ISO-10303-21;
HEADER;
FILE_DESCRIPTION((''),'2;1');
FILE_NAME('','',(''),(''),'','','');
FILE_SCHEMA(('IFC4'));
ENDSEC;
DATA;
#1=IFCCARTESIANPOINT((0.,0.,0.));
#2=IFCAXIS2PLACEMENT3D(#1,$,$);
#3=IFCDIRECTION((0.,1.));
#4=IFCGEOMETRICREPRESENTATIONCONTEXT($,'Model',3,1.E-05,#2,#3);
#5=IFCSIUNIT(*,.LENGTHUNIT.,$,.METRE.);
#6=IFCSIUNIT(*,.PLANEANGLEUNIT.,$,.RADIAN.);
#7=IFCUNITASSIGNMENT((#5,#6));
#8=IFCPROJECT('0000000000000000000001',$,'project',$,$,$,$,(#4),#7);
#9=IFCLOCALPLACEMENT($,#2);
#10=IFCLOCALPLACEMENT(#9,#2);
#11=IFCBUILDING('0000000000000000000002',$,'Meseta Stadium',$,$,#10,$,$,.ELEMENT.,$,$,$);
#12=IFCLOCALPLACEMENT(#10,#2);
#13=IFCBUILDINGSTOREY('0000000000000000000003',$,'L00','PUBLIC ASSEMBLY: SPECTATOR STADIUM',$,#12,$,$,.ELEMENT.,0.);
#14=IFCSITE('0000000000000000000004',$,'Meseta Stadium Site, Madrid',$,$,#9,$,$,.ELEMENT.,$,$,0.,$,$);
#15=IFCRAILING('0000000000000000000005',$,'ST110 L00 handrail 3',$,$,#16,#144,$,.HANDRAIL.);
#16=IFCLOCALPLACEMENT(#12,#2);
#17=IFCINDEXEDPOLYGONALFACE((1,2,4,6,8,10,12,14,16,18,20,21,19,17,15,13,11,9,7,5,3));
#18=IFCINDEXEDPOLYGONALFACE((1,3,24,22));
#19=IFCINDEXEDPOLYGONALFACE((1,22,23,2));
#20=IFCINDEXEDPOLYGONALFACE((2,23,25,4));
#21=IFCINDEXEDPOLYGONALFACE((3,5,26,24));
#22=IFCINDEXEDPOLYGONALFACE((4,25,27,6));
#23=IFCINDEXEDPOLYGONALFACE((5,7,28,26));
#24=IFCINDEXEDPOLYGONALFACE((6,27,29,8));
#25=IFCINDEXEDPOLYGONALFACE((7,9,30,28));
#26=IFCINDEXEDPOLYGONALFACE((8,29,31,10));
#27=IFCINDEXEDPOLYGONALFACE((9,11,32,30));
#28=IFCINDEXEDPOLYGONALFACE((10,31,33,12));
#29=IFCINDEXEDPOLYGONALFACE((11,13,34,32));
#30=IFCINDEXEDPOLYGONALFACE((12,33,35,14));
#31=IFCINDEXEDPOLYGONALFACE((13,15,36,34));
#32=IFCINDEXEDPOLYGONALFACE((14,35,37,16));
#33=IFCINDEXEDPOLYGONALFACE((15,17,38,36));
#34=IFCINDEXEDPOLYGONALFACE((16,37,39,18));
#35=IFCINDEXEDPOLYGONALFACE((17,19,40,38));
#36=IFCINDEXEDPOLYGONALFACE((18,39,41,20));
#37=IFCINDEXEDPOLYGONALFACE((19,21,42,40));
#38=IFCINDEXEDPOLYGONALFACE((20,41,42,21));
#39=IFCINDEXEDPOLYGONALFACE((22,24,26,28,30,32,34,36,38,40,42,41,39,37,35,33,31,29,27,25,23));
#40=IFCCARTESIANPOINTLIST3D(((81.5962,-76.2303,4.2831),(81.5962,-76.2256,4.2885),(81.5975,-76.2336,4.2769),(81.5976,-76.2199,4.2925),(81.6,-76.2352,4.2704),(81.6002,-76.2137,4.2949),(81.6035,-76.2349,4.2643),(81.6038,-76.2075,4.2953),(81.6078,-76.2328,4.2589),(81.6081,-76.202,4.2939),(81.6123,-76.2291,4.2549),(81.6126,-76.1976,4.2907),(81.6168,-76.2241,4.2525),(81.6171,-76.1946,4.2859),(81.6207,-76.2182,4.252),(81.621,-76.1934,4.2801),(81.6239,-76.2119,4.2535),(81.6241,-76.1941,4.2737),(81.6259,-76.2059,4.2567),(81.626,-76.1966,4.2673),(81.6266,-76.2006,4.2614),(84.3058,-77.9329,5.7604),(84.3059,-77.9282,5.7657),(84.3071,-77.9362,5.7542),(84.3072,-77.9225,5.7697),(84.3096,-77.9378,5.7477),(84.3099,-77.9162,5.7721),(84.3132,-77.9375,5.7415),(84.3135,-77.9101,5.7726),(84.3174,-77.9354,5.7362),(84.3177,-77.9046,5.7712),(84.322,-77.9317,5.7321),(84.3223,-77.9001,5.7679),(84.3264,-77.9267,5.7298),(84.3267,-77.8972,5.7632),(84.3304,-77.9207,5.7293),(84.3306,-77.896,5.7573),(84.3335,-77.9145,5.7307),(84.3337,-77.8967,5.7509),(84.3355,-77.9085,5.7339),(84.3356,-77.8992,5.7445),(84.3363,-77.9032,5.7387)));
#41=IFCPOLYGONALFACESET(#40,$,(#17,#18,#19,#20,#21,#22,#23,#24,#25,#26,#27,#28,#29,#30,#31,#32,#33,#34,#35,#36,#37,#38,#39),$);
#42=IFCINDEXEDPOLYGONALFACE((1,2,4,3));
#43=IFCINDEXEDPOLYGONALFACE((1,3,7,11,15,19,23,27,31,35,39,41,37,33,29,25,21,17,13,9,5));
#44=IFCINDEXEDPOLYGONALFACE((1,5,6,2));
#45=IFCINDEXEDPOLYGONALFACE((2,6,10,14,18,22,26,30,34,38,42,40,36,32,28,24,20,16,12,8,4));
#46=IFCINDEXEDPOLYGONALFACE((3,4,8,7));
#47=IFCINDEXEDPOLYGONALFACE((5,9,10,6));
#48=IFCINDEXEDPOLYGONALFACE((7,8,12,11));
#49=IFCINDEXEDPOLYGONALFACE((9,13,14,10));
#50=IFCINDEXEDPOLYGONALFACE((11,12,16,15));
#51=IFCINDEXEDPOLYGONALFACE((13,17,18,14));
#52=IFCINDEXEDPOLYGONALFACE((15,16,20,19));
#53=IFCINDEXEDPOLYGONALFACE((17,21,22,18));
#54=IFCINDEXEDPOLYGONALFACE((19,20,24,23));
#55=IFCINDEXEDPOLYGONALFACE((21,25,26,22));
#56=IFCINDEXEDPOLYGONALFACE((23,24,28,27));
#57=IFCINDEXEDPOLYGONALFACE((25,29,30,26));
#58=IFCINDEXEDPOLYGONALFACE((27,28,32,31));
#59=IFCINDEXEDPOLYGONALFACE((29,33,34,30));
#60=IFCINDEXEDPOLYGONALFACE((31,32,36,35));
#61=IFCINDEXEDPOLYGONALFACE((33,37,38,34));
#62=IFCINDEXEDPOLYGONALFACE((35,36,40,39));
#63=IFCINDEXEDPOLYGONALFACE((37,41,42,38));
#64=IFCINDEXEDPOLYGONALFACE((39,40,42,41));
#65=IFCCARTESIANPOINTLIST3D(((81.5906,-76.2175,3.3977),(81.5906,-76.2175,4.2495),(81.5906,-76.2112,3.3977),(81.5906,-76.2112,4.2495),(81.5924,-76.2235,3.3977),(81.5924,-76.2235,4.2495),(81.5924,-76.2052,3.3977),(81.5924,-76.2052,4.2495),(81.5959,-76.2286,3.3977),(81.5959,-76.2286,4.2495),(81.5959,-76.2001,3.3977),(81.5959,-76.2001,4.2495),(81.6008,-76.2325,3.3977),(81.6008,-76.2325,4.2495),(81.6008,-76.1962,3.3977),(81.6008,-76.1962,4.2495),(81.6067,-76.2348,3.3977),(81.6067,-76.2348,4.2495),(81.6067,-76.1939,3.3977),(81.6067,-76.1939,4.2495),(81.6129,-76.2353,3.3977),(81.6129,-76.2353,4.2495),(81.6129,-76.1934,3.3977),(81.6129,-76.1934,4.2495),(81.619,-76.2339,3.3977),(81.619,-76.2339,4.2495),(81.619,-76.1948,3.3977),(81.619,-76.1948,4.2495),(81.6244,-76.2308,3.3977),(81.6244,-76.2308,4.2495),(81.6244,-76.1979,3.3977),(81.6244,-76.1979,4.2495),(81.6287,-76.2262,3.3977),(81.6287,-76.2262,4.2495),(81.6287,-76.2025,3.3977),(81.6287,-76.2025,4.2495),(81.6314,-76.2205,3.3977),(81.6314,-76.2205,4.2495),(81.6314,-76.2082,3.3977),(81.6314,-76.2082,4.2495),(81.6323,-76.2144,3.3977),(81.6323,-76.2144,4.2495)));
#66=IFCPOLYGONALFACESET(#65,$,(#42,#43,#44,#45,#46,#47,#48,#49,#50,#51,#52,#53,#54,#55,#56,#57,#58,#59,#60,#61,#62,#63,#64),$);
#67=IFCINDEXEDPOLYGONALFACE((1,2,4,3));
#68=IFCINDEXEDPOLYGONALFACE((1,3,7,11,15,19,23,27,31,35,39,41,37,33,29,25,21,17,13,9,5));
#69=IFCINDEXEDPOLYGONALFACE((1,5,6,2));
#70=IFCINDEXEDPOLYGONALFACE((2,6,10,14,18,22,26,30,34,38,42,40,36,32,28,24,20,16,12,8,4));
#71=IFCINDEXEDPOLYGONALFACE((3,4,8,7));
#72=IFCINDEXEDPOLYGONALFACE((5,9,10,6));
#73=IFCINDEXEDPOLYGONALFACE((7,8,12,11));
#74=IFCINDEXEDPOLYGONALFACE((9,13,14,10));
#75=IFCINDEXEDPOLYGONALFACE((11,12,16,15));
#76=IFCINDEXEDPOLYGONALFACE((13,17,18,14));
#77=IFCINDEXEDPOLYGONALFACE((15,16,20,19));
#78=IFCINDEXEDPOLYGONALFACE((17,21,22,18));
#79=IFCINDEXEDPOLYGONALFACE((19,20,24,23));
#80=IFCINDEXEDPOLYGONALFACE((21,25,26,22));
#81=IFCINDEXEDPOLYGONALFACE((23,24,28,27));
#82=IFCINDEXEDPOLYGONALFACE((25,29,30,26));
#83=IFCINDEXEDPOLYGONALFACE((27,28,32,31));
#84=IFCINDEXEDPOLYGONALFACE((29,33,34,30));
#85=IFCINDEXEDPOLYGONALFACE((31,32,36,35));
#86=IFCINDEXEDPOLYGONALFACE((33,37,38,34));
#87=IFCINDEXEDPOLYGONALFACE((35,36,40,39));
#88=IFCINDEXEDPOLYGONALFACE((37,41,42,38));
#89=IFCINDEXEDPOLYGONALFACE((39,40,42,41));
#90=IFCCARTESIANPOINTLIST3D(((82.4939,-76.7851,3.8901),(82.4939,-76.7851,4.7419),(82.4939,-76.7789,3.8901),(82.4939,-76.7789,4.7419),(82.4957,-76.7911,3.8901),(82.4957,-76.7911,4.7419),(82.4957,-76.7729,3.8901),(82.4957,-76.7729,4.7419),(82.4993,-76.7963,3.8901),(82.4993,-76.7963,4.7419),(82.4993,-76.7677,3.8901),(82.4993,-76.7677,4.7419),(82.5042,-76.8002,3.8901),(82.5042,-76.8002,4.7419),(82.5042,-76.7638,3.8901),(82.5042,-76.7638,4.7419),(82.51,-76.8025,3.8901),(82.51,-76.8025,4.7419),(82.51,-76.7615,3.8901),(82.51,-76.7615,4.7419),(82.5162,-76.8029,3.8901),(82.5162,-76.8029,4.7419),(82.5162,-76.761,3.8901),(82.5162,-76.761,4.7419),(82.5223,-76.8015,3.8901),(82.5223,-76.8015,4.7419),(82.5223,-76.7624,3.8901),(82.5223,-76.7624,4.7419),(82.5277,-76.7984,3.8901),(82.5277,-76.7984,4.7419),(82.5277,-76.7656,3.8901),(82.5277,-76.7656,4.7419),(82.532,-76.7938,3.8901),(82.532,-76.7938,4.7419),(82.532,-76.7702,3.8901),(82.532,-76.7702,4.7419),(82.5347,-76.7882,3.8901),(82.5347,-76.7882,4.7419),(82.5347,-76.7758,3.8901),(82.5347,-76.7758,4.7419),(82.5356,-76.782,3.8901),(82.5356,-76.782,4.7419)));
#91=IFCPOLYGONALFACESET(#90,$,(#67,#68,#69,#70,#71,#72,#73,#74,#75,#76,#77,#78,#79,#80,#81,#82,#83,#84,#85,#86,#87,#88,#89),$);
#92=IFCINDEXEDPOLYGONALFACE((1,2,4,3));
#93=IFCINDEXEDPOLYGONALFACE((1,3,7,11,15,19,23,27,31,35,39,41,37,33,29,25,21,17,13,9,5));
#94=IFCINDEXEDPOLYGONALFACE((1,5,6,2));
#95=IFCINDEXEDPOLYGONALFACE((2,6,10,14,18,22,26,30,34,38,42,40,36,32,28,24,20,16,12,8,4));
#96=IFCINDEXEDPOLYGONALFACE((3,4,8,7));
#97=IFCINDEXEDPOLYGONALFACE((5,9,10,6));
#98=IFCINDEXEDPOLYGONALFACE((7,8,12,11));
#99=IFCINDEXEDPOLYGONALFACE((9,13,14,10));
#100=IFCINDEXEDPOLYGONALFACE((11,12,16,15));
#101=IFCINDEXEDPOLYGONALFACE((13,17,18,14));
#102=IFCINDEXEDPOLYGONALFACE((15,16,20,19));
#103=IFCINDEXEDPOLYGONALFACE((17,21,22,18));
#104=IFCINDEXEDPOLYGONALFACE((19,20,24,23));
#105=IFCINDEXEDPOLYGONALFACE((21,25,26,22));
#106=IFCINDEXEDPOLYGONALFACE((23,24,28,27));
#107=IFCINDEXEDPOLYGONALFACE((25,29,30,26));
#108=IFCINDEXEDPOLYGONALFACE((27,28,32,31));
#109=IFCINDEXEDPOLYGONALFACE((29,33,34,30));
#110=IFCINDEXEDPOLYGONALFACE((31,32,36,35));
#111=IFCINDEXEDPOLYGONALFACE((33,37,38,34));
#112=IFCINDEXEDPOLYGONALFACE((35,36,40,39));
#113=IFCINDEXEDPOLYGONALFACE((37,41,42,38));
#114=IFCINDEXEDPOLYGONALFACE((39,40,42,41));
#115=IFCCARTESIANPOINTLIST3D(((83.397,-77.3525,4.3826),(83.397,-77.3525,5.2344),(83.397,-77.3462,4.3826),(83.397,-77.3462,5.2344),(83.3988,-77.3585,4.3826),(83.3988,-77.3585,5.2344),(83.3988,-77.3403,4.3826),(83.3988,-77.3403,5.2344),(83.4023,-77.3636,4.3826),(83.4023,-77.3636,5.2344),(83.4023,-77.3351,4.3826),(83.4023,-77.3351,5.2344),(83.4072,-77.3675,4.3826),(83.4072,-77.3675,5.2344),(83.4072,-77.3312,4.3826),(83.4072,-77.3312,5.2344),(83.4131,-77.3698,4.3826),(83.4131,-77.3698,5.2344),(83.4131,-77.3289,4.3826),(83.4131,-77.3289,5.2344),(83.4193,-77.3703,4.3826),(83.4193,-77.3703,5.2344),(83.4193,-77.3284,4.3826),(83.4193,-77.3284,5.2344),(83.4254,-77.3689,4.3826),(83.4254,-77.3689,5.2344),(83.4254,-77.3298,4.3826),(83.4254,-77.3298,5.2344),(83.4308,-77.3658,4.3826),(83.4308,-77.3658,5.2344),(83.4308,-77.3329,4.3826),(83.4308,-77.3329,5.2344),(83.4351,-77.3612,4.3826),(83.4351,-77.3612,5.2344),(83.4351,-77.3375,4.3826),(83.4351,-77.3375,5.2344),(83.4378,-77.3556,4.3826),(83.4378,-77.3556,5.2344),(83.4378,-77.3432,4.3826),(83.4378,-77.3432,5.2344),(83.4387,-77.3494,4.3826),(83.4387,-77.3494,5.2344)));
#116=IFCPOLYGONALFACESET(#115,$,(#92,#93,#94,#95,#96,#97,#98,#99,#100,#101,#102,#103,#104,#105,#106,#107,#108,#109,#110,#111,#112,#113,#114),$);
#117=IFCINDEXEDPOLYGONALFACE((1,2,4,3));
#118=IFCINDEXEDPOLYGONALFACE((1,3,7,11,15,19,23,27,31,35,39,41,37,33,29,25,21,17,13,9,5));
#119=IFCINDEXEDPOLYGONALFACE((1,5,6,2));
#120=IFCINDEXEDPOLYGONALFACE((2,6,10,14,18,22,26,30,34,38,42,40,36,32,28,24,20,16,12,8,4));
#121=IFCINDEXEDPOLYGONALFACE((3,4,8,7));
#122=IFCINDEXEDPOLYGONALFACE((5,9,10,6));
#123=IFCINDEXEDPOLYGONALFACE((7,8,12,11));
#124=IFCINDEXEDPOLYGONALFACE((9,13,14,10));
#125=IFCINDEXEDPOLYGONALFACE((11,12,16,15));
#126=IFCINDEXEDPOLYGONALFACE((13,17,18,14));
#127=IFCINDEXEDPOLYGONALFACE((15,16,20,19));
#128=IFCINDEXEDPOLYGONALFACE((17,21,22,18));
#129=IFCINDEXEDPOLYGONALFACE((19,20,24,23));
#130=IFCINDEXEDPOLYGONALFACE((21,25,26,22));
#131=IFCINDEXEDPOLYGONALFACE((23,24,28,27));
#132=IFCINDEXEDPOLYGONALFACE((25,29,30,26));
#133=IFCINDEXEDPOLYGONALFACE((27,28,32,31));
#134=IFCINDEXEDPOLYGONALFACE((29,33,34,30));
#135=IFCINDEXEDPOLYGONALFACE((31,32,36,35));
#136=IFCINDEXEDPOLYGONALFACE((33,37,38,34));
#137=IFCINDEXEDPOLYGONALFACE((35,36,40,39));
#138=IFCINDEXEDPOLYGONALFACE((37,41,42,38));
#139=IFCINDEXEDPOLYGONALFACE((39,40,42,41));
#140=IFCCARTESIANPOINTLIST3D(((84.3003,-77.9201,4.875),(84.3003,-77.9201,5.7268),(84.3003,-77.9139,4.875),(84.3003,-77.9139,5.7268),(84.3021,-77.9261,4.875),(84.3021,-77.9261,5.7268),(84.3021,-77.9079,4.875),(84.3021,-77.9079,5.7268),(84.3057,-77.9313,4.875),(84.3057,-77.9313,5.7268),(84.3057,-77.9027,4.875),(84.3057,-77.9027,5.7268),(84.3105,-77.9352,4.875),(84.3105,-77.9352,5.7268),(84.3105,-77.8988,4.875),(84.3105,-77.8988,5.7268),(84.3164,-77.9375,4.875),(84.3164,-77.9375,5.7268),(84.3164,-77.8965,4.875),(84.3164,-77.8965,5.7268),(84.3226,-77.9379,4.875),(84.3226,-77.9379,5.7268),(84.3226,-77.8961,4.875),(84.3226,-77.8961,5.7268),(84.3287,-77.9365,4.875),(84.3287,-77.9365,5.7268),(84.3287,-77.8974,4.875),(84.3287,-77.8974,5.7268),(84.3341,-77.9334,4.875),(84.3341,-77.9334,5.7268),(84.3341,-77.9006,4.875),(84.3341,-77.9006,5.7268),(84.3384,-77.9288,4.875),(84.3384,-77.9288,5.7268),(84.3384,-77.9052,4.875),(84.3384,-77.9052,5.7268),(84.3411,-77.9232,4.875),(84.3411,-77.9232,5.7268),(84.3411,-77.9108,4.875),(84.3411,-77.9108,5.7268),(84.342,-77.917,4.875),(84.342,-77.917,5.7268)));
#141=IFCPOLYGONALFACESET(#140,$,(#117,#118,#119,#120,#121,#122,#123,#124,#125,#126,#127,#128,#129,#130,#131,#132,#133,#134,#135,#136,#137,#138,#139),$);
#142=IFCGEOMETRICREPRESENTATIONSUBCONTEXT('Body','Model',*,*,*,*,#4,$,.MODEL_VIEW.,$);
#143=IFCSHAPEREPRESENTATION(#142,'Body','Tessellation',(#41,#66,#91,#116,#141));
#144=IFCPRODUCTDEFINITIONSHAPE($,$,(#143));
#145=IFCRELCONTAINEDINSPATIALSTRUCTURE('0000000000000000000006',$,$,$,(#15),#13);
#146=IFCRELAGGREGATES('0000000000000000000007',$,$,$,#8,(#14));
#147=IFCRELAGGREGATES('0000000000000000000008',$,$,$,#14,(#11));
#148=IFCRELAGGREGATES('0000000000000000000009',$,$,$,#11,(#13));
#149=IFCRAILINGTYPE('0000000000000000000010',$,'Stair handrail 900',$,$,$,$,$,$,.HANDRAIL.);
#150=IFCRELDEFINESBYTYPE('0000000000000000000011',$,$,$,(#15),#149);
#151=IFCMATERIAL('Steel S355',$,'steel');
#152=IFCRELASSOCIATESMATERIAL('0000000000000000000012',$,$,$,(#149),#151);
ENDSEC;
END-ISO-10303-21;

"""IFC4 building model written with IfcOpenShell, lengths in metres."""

from ifc_helpers import new_model, si_unit, direction, frame, origin, origin_2d, place, context, subcontext, project, spatial, circle, extrude, material, type_object, element, save


model = new_model("IFC4")

# Units and contexts
model_context = context("Model", 3, precision=1e-05, world=origin(), true_north=direction((0.0, 1.0)))
body_context = subcontext(model_context, "Body", "Model", "MODEL_VIEW")
ifc_project = project(units=[si_unit("LENGTHUNIT", "METRE"), si_unit("PLANEANGLEUNIT", "RADIAN")], contexts=[model_context])

# Site, building, storey
site_placement = place(None, origin())
site = spatial("IfcSite", under=ifc_project, at=site_placement, Name="Meseta Stadium Site, Madrid", CompositionType="ELEMENT", RefElevation=0.0)
building_placement = place(site_placement, origin())
building = spatial("IfcBuilding", under=site, at=building_placement, Name="Meseta Stadium", CompositionType="ELEMENT")
storey_placement = place(building_placement, origin())
storey = spatial("IfcBuildingStorey", under=building, at=storey_placement, Name="L00", Description="PUBLIC ASSEMBLY: SPECTATOR STADIUM", CompositionType="ELEMENT", Elevation=0.0)

# Railing
ifc_material_1 = material(Name="Steel S355", Category="steel")
railing_type_1 = type_object("IfcRailingType", Name="Stair handrail 900", PredefinedType="HANDRAIL", material=ifc_material_1)
railing_1_placement = place(storey_placement, frame((81.6113, -76.2144, 3.3977)))
element("IfcRailing", 1, at=railing_1_placement, inside=storey, type_object=railing_type_1, Name="ST110 L00 handrail 3", PredefinedType="HANDRAIL", context=body_context, shape_type="SweptSolid", body=[
    extrude(circle(Radius=0.0239, at=origin_2d()), frame((0.0, 0.0, 0.876), z_axis=(0.768766, -0.48305, 0.419119), x_axis=(0.532034, 0.846723, 0.0)), (0.0, 0.0, 1.0), 3.5247),
    extrude(circle(Radius=0.021, at=origin_2d()), origin(), (0.0, 0.0, 1.0), 0.8518),
    extrude(circle(Radius=0.021, at=origin_2d()), frame((0.9033, -0.5676, 0.4924)), (0.0, 0.0, 1.0), 0.8518),
    extrude(circle(Radius=0.021, at=origin_2d()), frame((1.8064, -1.135, 0.9849)), (0.0, 0.0, 1.0), 0.8518),
    extrude(circle(Radius=0.021, at=origin_2d()), frame((2.7097, -1.7026, 1.4773)), (0.0, 0.0, 1.0), 0.8518),
])

save(model, "model.ifc")
